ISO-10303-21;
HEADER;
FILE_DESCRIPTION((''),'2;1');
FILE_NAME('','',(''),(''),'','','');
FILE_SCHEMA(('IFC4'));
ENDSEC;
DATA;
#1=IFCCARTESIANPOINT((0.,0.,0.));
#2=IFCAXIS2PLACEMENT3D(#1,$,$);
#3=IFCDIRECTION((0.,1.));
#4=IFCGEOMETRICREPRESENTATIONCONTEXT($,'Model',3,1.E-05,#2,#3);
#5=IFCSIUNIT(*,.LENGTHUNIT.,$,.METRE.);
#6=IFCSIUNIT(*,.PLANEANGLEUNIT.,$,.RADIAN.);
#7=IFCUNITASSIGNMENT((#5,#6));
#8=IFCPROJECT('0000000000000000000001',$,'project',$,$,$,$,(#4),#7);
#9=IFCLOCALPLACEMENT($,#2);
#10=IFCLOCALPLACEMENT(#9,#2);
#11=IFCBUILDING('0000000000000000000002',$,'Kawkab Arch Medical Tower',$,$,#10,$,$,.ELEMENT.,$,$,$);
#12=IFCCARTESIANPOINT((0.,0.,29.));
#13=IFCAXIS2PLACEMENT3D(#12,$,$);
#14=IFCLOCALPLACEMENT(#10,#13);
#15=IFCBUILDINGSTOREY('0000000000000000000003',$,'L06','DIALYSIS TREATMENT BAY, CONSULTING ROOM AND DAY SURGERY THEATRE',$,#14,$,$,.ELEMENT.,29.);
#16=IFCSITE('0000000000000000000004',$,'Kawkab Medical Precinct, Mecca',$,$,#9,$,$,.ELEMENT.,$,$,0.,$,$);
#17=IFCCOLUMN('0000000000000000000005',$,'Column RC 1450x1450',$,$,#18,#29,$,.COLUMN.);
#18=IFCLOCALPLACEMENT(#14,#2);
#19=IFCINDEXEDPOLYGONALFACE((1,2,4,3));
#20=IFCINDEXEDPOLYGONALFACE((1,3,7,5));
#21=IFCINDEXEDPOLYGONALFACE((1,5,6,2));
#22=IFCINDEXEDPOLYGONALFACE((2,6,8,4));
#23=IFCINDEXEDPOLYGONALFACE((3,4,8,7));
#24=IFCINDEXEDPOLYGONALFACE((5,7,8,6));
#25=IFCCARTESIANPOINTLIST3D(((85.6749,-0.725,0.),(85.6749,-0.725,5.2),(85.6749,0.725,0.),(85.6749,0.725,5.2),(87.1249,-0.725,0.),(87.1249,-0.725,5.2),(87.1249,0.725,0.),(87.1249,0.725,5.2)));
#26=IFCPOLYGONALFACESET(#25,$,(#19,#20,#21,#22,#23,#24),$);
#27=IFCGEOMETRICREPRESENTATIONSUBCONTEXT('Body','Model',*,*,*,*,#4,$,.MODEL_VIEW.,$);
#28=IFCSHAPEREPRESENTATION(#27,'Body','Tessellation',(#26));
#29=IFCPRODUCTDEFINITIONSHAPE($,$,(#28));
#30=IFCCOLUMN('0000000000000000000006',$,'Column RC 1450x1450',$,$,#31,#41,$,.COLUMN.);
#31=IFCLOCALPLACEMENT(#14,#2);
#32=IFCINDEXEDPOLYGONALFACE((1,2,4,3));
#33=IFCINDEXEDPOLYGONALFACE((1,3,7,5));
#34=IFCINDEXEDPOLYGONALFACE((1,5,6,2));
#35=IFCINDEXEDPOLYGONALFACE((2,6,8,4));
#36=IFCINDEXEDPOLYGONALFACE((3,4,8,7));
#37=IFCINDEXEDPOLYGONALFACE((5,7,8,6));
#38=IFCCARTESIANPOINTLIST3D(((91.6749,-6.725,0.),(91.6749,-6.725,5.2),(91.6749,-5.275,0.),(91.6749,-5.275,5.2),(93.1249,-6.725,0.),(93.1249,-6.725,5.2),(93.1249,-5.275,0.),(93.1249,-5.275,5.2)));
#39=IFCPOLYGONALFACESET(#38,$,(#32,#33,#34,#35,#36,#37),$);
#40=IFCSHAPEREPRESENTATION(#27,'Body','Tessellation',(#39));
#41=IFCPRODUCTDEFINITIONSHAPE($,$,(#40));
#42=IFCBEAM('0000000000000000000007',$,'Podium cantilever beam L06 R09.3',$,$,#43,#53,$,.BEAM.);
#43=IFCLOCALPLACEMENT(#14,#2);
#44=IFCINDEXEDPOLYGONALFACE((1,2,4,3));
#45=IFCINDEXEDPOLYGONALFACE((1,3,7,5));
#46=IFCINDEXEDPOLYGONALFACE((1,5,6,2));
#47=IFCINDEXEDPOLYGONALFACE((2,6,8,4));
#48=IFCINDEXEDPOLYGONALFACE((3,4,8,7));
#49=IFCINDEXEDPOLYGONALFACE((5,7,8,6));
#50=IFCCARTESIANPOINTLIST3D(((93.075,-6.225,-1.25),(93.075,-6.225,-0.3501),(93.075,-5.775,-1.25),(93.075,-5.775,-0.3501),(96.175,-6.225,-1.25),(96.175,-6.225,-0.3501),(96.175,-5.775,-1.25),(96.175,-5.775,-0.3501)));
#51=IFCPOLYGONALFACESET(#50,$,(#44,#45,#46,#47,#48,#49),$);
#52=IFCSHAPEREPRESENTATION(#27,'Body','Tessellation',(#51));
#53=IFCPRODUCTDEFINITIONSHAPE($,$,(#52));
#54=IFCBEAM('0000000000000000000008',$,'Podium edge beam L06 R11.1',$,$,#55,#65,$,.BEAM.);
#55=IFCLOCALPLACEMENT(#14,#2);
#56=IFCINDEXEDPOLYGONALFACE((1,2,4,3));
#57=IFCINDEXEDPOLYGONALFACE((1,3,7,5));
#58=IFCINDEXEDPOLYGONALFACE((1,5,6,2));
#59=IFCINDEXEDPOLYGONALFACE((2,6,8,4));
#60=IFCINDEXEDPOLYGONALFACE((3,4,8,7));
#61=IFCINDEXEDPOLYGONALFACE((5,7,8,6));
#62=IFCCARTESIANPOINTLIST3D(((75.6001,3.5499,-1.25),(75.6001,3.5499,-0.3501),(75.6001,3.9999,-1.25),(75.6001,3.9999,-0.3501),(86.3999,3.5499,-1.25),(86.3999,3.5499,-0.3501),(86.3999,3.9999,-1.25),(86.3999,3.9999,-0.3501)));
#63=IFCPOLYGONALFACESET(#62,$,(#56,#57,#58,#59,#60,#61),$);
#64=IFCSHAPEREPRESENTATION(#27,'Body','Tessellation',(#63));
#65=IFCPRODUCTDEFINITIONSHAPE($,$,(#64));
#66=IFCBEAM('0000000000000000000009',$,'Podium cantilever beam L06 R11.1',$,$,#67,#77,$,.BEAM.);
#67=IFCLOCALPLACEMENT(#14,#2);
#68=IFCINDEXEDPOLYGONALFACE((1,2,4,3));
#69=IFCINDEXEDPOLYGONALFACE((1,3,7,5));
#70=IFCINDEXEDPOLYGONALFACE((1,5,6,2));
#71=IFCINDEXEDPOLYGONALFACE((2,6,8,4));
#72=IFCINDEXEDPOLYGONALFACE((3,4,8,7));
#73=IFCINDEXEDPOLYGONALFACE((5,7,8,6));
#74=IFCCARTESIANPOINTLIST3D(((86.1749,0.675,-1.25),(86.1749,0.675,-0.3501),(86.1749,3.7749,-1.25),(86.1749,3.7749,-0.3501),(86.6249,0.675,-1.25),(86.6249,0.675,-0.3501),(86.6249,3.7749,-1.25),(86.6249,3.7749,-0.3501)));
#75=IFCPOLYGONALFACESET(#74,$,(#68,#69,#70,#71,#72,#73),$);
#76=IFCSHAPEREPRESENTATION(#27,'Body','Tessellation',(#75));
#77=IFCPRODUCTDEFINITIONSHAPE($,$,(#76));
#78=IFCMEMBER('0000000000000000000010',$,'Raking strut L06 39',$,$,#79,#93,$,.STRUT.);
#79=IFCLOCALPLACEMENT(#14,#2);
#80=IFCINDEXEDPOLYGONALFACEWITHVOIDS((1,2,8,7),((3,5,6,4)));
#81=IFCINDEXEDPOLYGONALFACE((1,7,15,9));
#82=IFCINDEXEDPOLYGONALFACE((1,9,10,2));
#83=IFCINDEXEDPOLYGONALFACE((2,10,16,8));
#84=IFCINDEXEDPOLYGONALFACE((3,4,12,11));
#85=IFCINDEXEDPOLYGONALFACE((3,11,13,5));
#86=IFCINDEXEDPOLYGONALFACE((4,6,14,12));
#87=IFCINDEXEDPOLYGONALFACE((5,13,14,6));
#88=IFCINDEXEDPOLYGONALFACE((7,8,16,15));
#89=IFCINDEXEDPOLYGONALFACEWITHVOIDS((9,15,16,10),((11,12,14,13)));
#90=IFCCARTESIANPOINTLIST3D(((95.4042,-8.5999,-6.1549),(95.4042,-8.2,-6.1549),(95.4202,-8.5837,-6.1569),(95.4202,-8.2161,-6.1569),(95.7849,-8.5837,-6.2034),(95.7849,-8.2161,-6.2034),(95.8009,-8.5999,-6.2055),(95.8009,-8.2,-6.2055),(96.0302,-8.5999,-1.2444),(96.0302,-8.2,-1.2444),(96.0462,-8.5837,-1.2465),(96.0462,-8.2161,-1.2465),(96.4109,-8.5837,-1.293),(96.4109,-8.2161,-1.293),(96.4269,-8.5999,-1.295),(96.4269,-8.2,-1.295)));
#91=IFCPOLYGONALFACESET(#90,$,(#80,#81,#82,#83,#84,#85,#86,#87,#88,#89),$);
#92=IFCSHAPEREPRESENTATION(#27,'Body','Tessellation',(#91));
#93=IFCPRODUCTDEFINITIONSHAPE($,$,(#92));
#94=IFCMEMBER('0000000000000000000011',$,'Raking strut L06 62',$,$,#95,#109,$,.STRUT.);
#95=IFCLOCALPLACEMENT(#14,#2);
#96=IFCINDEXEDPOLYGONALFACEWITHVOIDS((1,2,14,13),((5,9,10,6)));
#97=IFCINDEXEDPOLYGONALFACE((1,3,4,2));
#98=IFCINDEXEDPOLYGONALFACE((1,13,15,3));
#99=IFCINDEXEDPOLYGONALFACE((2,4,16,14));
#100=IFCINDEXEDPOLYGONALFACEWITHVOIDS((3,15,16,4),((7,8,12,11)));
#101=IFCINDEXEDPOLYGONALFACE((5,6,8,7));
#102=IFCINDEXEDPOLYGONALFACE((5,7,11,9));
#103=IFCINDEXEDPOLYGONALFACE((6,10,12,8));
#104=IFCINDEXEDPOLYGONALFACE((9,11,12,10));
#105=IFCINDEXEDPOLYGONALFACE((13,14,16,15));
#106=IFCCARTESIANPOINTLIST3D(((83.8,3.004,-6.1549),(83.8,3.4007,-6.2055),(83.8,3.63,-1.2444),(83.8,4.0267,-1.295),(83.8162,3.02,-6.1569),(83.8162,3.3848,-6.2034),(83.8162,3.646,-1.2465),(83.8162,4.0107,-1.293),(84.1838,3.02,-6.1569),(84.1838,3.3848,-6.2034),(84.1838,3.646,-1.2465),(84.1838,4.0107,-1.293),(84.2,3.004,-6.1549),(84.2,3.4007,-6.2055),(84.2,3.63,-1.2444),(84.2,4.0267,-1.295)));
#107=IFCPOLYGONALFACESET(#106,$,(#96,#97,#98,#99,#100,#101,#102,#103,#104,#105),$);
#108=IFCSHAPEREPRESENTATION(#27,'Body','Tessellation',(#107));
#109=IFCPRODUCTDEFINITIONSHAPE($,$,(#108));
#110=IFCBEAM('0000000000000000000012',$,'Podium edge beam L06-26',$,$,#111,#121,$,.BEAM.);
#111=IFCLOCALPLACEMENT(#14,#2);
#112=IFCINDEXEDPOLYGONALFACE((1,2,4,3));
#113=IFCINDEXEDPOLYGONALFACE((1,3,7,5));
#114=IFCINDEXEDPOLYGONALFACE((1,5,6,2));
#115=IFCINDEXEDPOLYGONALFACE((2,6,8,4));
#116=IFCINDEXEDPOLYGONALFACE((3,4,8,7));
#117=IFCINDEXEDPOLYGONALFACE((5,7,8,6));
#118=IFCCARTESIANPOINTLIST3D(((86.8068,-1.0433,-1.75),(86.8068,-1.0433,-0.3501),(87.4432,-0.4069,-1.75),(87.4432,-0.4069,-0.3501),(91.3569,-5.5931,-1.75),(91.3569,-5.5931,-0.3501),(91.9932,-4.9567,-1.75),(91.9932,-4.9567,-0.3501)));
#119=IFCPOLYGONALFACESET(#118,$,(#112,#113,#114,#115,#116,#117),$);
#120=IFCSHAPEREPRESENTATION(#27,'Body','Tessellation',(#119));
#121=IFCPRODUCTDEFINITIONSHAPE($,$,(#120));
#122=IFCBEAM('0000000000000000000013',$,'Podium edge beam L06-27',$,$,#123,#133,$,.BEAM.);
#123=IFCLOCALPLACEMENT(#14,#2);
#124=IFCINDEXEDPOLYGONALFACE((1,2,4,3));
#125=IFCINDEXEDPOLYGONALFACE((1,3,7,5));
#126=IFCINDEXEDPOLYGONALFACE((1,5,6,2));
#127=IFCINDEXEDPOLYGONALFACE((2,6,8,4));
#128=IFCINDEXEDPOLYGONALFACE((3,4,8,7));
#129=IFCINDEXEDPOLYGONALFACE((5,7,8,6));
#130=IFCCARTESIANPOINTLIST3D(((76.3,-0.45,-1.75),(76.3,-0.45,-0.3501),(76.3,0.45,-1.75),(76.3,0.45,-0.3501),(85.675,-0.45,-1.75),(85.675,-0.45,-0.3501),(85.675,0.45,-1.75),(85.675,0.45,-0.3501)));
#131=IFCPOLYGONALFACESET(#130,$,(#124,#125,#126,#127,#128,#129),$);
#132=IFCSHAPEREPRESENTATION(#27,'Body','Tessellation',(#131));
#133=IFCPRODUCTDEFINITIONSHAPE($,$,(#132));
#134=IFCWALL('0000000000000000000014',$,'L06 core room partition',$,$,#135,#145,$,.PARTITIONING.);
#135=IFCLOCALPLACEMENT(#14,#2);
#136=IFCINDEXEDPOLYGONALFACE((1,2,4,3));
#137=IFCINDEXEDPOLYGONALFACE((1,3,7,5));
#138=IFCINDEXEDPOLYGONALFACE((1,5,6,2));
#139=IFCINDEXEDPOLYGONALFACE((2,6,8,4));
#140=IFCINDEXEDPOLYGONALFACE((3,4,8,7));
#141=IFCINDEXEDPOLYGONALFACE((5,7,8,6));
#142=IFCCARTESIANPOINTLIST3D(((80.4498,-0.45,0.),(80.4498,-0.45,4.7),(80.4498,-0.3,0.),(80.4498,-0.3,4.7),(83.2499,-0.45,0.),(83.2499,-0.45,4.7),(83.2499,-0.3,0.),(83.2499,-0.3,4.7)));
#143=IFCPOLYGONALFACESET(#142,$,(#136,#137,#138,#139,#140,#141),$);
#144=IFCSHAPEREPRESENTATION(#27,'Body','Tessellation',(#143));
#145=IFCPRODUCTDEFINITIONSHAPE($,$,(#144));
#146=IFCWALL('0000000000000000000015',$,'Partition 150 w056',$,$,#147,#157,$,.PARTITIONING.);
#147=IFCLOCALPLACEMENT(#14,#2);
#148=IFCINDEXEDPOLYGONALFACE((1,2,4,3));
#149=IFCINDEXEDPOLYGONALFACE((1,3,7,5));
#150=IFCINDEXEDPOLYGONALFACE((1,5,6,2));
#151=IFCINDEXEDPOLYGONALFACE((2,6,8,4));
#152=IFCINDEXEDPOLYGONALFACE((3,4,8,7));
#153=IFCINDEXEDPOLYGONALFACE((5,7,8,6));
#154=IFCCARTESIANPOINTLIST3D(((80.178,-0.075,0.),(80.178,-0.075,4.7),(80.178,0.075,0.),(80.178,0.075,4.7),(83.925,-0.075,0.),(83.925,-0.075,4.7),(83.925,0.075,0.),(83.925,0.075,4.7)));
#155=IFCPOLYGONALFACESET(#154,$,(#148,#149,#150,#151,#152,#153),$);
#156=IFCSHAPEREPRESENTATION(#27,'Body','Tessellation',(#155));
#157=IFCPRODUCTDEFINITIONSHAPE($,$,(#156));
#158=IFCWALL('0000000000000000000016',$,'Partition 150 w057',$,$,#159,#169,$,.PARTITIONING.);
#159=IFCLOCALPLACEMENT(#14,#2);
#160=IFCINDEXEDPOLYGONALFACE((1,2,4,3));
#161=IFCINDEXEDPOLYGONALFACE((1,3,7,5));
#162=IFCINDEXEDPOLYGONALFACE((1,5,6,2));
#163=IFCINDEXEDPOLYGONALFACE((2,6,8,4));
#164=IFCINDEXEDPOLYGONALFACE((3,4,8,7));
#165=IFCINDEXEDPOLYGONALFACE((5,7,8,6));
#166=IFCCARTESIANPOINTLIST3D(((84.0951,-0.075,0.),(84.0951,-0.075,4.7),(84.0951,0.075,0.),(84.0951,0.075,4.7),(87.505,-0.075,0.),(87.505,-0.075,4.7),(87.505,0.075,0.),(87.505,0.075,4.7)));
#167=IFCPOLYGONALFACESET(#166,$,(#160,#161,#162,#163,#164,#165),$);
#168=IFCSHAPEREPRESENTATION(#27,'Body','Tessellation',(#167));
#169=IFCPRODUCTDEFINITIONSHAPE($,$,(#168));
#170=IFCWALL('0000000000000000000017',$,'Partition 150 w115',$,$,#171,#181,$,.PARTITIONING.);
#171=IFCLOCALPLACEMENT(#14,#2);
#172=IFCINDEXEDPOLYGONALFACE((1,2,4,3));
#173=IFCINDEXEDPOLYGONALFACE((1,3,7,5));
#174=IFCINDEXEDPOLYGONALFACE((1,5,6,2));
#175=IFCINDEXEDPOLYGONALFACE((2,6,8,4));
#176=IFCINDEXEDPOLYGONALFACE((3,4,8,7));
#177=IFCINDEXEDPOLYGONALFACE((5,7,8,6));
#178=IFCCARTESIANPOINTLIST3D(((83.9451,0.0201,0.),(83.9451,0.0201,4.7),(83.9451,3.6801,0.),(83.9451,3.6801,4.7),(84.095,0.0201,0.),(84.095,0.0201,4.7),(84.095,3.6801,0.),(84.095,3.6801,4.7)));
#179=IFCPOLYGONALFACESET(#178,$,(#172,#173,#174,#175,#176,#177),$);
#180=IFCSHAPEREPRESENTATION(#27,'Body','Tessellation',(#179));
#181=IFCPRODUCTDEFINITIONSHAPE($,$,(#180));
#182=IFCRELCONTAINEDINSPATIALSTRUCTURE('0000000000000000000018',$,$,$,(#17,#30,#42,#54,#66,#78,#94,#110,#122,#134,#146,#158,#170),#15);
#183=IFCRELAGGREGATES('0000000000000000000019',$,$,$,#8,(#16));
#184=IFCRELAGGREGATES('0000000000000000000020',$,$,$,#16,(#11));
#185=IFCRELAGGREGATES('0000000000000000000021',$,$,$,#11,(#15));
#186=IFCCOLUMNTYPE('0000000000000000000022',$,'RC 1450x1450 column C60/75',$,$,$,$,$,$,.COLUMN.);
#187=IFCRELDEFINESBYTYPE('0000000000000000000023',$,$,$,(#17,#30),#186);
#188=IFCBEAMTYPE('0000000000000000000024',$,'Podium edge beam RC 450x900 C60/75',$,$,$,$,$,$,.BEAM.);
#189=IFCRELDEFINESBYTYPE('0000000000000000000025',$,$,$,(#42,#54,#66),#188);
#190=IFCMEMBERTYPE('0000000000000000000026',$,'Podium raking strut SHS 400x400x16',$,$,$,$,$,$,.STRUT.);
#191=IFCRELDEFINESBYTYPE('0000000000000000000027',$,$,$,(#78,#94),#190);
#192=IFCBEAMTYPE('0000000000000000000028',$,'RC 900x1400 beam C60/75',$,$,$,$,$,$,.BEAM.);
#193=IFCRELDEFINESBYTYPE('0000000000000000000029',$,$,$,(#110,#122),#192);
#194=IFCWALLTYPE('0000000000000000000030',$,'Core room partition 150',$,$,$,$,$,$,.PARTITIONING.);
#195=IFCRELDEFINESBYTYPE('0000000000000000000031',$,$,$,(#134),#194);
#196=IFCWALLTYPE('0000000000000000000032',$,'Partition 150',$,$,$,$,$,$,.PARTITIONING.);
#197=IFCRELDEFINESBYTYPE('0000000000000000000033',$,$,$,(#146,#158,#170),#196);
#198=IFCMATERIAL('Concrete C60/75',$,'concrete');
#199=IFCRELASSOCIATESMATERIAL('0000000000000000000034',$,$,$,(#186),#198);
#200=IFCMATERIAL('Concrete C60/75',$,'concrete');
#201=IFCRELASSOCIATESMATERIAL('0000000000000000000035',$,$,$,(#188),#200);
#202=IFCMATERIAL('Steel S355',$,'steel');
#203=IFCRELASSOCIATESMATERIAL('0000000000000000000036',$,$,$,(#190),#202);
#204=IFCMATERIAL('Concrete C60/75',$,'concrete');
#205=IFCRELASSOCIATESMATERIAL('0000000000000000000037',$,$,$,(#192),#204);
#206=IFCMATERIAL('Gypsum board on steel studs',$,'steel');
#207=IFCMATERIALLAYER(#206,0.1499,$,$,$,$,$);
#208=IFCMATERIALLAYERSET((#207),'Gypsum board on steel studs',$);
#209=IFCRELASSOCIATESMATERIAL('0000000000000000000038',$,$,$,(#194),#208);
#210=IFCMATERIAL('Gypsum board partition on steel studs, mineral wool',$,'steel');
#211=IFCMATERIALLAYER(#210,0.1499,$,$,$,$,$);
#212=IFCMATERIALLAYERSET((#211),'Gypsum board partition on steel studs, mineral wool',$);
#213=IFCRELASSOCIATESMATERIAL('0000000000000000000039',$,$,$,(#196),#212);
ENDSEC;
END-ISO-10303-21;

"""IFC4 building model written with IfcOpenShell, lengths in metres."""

from ifc_helpers import new_model, si_unit, direction, frame, frame_2d, origin, origin_2d, place, context, subcontext, project, spatial, rectangle, hollow_rectangle, extrude, material, layer, layer_set, material_profile, profile_set, type_object, element, save


model = new_model("IFC4")

# Units and contexts
model_context = context("Model", 3, precision=1e-05, world=origin(), true_north=direction((0.0, 1.0)))
body_context = subcontext(model_context, "Body", "Model", "MODEL_VIEW")
ifc_project = project(units=[si_unit("LENGTHUNIT", "METRE"), si_unit("PLANEANGLEUNIT", "RADIAN")], contexts=[model_context])

# Site, building, storey
site_placement = place(None, origin())
site = spatial("IfcSite", under=ifc_project, at=site_placement, Name="Kawkab Medical Precinct, Mecca", CompositionType="ELEMENT", RefElevation=0.0)
building_placement = place(site_placement, origin())
building = spatial("IfcBuilding", under=site, at=building_placement, Name="Kawkab Arch Medical Tower", CompositionType="ELEMENT")
storey_placement = place(building_placement, frame((0.0, 0.0, 29.0)))
storey = spatial("IfcBuildingStorey", under=building, at=storey_placement, Name="L06", Description="DIALYSIS TREATMENT BAY, CONSULTING ROOM AND DAY SURGERY THEATRE", CompositionType="ELEMENT", Elevation=29.0)

# Columns
ifc_material_1 = material(Name="Concrete C60/75", Category="concrete")
ifc_material_profile_1 = material_profile(ifc_material_1, rectangle(XDim=1.45, YDim=1.45, at=origin_2d()), Name="RC 1450x1450")
ifc_profile_set_1 = profile_set([ifc_material_profile_1], Name="Concrete C60/75")
column_type = type_object("IfcColumnType", Name="RC 1450x1450 column C60/75", PredefinedType="COLUMN", material=ifc_profile_set_1)
for number, where, z_axis, x_axis, name in (
    (1, (86.3999, 0.0, 0.0), (0.0, 0.0, 1.0), (1.0, 0.0, 0.0), "Column RC 1450x1450"),
    (2, (92.3999, -6.0, 0.0), (0.0, 0.0, 1.0), (1.0, 0.0, 0.0), "Column RC 1450x1450"),
):
    element("IfcColumn", number, at=place(storey_placement, frame(where, z_axis=z_axis, x_axis=x_axis)), inside=storey, type_object=column_type, Name=name, PredefinedType="COLUMN", context=body_context, shape_type="SweptSolid", body=[
        extrude(rectangle(XDim=1.45, YDim=1.45, at=origin_2d()), origin(), (0.0, 0.0, 1.0), 5.2),
    ])

# Beams
ifc_material_2 = material(Name="Concrete C60/75", Category="concrete")
ifc_material_profile_2 = material_profile(ifc_material_2, rectangle(XDim=0.45, YDim=0.8999, at=origin_2d()), Name="RC 450x900")
ifc_profile_set_2 = profile_set([ifc_material_profile_2], Name="Concrete C60/75")
beam_type_1 = type_object("IfcBeamType", Name="Podium edge beam RC 450x900 C60/75", PredefinedType="BEAM", material=ifc_profile_set_2)
beam_1_placement = place(storey_placement, frame((93.075, -6.0, -0.8), z_axis=(1.0, 0.0, 0.0), x_axis=(0.0, 1.0, 0.0)))
element("IfcBeam", 3, at=beam_1_placement, inside=storey, type_object=beam_type_1, Name="Podium cantilever beam L06 R09.3", PredefinedType="BEAM", context=body_context, shape_type="SweptSolid", body=[
    extrude(rectangle(XDim=0.45, YDim=0.8999, at=origin_2d()), origin(), (0.0, 0.0, 1.0), 3.1001),
])
beam_2_placement = place(storey_placement, frame((86.3999, 3.7749, -0.8), z_axis=(-1.0, 0.0, 0.0), x_axis=(0.0, -1.0, 0.0)))
element("IfcBeam", 4, at=beam_2_placement, inside=storey, type_object=beam_type_1, Name="Podium edge beam L06 R11.1", PredefinedType="BEAM", context=body_context, shape_type="SweptSolid", body=[
    extrude(rectangle(XDim=0.45, YDim=0.8999, at=origin_2d()), origin(), (0.0, 0.0, 1.0), 10.7998),
])
beam_3_placement = place(storey_placement, frame((86.3999, 0.675, -0.8), z_axis=(0.0, 1.0, 0.0), x_axis=(-1.0, 0.0, 0.0)))
element("IfcBeam", 5, at=beam_3_placement, inside=storey, type_object=beam_type_1, Name="Podium cantilever beam L06 R11.1", PredefinedType="BEAM", context=body_context, shape_type="SweptSolid", body=[
    extrude(rectangle(XDim=0.45, YDim=0.8999, at=origin_2d()), origin(), (0.0, 0.0, 1.0), 3.0999),
])

# Members
ifc_material_3 = material(Name="Steel S355", Category="steel")
ifc_material_profile_3 = material_profile(ifc_material_3, hollow_rectangle(XDim=0.3999, YDim=0.3999, WallThickness=0.0161, at=origin_2d()), Name="SHS 400x400x16")
ifc_profile_set_3 = profile_set([ifc_material_profile_3], Name="Steel S355")
member_type = type_object("IfcMemberType", Name="Podium raking strut SHS 400x400x16", PredefinedType="STRUT", material=ifc_profile_set_3)
for number, where, z_axis, x_axis, name in (
    (6, (95.6025, -8.3999, -6.1802), (0.126456, 0.0, 0.991972), (0.0, 1.0, 0.0), "Raking strut L06 39"),
    (7, (84.0, 3.2024, -6.1802), (0.0, 0.126456, 0.991972), (-1.0, 0.0, 0.0), "Raking strut L06 62"),
):
    element("IfcMember", number, at=place(storey_placement, frame(where, z_axis=z_axis, x_axis=x_axis)), inside=storey, type_object=member_type, Name=name, PredefinedType="STRUT", context=body_context, shape_type="SweptSolid", body=[
        extrude(hollow_rectangle(XDim=0.3999, YDim=0.3999, WallThickness=0.0161, at=origin_2d()), origin(), (0.0, 0.0, 1.0), 4.9502),
    ])

# Beams
ifc_material_4 = material(Name="Concrete C60/75", Category="concrete")
ifc_material_profile_4 = material_profile(ifc_material_4, rectangle(XDim=0.8999, YDim=1.3999, at=origin_2d()), Name="RC 900x1400")
ifc_profile_set_4 = profile_set([ifc_material_profile_4], Name="Concrete C60/75")
beam_type_2 = type_object("IfcBeamType", Name="RC 900x1400 beam C60/75", PredefinedType="BEAM", material=ifc_profile_set_4)
beam_4_placement = place(storey_placement, frame((91.675, -5.2749, -1.05), z_axis=(-0.707126, 0.707088, 0.0), x_axis=(-0.707088, -0.707126, 0.0)))
element("IfcBeam", 8, at=beam_4_placement, inside=storey, type_object=beam_type_2, Name="Podium edge beam L06-26", PredefinedType="BEAM", context=body_context, shape_type="SweptSolid", body=[
    extrude(rectangle(XDim=0.8999, YDim=1.3999, at=origin_2d()), origin(), (0.0, 0.0, 1.0), 6.4346),
])
beam_5_placement = place(storey_placement, frame((85.675, 0.0, -1.05), z_axis=(-1.0, 0.0, 0.0), x_axis=(0.0, -1.0, 0.0)))
element("IfcBeam", 9, at=beam_5_placement, inside=storey, type_object=beam_type_2, Name="Podium edge beam L06-27", PredefinedType="BEAM", context=body_context, shape_type="SweptSolid", body=[
    extrude(rectangle(XDim=0.8999, YDim=1.3999, at=origin_2d()), origin(), (0.0, 0.0, 1.0), 9.375),
])

# Walls
ifc_material_5 = material(Name="Gypsum board on steel studs", Category="steel")
ifc_layer_1 = layer(ifc_material_5, 0.1499)
ifc_layer_set_1 = layer_set([ifc_layer_1], Name="Gypsum board on steel studs")
wall_type_1 = type_object("IfcWallType", Name="Core room partition 150", PredefinedType="PARTITIONING", material=ifc_layer_set_1)
wall_1_placement = place(storey_placement, frame((80.45, -0.375, 0.0), z_axis=(0.0, 0.0, 1.0), x_axis=(1.0, 0.0, 0.0)))
element("IfcWall", 10, at=wall_1_placement, inside=storey, type_object=wall_type_1, Name="L06 core room partition", PredefinedType="PARTITIONING", context=body_context, shape_type="SweptSolid", body=[
    extrude(rectangle(XDim=2.8, YDim=0.1499, at=frame_2d((1.3999, 0.0))), origin(), (0.0, 0.0, 1.0), 4.7),
])
ifc_material_6 = material(Name="Gypsum board partition on steel studs, mineral wool", Category="steel")
ifc_layer_2 = layer(ifc_material_6, 0.1499)
ifc_layer_set_2 = layer_set([ifc_layer_2], Name="Gypsum board partition on steel studs, mineral wool")
wall_type_2 = type_object("IfcWallType", Name="Partition 150", PredefinedType="PARTITIONING", material=ifc_layer_set_2)
wall_2_placement = place(storey_placement, frame((80.178, 0.0, 0.0), z_axis=(0.0, 0.0, 1.0), x_axis=(1.0, 0.0, 0.0)))
element("IfcWall", 11, at=wall_2_placement, inside=storey, type_object=wall_type_2, Name="Partition 150 w056", PredefinedType="PARTITIONING", context=body_context, shape_type="SweptSolid", body=[
    extrude(rectangle(XDim=3.7471, YDim=0.1499, at=frame_2d((1.8735, 0.0))), origin(), (0.0, 0.0, 1.0), 4.7),
])
wall_3_placement = place(storey_placement, frame((84.095, 0.0, 0.0), z_axis=(0.0, 0.0, 1.0), x_axis=(1.0, 0.0, 0.0)))
element("IfcWall", 12, at=wall_3_placement, inside=storey, type_object=wall_type_2, Name="Partition 150 w057", PredefinedType="PARTITIONING", context=body_context, shape_type="SweptSolid", body=[
    extrude(rectangle(XDim=3.4099, YDim=0.1499, at=frame_2d((1.7051, 0.0))), origin(), (0.0, 0.0, 1.0), 4.7),
])
wall_4_placement = place(storey_placement, frame((84.02, 0.02, 0.0), z_axis=(0.0, 0.0, 1.0), x_axis=(0.0, 1.0, 0.0)))
element("IfcWall", 13, at=wall_4_placement, inside=storey, type_object=wall_type_2, Name="Partition 150 w115", PredefinedType="PARTITIONING", context=body_context, shape_type="SweptSolid", body=[
    extrude(rectangle(XDim=3.6599, YDim=0.1499, at=frame_2d((1.8301, 0.0))), origin(), (0.0, 0.0, 1.0), 4.7),
])

save(model, "model.ifc")
